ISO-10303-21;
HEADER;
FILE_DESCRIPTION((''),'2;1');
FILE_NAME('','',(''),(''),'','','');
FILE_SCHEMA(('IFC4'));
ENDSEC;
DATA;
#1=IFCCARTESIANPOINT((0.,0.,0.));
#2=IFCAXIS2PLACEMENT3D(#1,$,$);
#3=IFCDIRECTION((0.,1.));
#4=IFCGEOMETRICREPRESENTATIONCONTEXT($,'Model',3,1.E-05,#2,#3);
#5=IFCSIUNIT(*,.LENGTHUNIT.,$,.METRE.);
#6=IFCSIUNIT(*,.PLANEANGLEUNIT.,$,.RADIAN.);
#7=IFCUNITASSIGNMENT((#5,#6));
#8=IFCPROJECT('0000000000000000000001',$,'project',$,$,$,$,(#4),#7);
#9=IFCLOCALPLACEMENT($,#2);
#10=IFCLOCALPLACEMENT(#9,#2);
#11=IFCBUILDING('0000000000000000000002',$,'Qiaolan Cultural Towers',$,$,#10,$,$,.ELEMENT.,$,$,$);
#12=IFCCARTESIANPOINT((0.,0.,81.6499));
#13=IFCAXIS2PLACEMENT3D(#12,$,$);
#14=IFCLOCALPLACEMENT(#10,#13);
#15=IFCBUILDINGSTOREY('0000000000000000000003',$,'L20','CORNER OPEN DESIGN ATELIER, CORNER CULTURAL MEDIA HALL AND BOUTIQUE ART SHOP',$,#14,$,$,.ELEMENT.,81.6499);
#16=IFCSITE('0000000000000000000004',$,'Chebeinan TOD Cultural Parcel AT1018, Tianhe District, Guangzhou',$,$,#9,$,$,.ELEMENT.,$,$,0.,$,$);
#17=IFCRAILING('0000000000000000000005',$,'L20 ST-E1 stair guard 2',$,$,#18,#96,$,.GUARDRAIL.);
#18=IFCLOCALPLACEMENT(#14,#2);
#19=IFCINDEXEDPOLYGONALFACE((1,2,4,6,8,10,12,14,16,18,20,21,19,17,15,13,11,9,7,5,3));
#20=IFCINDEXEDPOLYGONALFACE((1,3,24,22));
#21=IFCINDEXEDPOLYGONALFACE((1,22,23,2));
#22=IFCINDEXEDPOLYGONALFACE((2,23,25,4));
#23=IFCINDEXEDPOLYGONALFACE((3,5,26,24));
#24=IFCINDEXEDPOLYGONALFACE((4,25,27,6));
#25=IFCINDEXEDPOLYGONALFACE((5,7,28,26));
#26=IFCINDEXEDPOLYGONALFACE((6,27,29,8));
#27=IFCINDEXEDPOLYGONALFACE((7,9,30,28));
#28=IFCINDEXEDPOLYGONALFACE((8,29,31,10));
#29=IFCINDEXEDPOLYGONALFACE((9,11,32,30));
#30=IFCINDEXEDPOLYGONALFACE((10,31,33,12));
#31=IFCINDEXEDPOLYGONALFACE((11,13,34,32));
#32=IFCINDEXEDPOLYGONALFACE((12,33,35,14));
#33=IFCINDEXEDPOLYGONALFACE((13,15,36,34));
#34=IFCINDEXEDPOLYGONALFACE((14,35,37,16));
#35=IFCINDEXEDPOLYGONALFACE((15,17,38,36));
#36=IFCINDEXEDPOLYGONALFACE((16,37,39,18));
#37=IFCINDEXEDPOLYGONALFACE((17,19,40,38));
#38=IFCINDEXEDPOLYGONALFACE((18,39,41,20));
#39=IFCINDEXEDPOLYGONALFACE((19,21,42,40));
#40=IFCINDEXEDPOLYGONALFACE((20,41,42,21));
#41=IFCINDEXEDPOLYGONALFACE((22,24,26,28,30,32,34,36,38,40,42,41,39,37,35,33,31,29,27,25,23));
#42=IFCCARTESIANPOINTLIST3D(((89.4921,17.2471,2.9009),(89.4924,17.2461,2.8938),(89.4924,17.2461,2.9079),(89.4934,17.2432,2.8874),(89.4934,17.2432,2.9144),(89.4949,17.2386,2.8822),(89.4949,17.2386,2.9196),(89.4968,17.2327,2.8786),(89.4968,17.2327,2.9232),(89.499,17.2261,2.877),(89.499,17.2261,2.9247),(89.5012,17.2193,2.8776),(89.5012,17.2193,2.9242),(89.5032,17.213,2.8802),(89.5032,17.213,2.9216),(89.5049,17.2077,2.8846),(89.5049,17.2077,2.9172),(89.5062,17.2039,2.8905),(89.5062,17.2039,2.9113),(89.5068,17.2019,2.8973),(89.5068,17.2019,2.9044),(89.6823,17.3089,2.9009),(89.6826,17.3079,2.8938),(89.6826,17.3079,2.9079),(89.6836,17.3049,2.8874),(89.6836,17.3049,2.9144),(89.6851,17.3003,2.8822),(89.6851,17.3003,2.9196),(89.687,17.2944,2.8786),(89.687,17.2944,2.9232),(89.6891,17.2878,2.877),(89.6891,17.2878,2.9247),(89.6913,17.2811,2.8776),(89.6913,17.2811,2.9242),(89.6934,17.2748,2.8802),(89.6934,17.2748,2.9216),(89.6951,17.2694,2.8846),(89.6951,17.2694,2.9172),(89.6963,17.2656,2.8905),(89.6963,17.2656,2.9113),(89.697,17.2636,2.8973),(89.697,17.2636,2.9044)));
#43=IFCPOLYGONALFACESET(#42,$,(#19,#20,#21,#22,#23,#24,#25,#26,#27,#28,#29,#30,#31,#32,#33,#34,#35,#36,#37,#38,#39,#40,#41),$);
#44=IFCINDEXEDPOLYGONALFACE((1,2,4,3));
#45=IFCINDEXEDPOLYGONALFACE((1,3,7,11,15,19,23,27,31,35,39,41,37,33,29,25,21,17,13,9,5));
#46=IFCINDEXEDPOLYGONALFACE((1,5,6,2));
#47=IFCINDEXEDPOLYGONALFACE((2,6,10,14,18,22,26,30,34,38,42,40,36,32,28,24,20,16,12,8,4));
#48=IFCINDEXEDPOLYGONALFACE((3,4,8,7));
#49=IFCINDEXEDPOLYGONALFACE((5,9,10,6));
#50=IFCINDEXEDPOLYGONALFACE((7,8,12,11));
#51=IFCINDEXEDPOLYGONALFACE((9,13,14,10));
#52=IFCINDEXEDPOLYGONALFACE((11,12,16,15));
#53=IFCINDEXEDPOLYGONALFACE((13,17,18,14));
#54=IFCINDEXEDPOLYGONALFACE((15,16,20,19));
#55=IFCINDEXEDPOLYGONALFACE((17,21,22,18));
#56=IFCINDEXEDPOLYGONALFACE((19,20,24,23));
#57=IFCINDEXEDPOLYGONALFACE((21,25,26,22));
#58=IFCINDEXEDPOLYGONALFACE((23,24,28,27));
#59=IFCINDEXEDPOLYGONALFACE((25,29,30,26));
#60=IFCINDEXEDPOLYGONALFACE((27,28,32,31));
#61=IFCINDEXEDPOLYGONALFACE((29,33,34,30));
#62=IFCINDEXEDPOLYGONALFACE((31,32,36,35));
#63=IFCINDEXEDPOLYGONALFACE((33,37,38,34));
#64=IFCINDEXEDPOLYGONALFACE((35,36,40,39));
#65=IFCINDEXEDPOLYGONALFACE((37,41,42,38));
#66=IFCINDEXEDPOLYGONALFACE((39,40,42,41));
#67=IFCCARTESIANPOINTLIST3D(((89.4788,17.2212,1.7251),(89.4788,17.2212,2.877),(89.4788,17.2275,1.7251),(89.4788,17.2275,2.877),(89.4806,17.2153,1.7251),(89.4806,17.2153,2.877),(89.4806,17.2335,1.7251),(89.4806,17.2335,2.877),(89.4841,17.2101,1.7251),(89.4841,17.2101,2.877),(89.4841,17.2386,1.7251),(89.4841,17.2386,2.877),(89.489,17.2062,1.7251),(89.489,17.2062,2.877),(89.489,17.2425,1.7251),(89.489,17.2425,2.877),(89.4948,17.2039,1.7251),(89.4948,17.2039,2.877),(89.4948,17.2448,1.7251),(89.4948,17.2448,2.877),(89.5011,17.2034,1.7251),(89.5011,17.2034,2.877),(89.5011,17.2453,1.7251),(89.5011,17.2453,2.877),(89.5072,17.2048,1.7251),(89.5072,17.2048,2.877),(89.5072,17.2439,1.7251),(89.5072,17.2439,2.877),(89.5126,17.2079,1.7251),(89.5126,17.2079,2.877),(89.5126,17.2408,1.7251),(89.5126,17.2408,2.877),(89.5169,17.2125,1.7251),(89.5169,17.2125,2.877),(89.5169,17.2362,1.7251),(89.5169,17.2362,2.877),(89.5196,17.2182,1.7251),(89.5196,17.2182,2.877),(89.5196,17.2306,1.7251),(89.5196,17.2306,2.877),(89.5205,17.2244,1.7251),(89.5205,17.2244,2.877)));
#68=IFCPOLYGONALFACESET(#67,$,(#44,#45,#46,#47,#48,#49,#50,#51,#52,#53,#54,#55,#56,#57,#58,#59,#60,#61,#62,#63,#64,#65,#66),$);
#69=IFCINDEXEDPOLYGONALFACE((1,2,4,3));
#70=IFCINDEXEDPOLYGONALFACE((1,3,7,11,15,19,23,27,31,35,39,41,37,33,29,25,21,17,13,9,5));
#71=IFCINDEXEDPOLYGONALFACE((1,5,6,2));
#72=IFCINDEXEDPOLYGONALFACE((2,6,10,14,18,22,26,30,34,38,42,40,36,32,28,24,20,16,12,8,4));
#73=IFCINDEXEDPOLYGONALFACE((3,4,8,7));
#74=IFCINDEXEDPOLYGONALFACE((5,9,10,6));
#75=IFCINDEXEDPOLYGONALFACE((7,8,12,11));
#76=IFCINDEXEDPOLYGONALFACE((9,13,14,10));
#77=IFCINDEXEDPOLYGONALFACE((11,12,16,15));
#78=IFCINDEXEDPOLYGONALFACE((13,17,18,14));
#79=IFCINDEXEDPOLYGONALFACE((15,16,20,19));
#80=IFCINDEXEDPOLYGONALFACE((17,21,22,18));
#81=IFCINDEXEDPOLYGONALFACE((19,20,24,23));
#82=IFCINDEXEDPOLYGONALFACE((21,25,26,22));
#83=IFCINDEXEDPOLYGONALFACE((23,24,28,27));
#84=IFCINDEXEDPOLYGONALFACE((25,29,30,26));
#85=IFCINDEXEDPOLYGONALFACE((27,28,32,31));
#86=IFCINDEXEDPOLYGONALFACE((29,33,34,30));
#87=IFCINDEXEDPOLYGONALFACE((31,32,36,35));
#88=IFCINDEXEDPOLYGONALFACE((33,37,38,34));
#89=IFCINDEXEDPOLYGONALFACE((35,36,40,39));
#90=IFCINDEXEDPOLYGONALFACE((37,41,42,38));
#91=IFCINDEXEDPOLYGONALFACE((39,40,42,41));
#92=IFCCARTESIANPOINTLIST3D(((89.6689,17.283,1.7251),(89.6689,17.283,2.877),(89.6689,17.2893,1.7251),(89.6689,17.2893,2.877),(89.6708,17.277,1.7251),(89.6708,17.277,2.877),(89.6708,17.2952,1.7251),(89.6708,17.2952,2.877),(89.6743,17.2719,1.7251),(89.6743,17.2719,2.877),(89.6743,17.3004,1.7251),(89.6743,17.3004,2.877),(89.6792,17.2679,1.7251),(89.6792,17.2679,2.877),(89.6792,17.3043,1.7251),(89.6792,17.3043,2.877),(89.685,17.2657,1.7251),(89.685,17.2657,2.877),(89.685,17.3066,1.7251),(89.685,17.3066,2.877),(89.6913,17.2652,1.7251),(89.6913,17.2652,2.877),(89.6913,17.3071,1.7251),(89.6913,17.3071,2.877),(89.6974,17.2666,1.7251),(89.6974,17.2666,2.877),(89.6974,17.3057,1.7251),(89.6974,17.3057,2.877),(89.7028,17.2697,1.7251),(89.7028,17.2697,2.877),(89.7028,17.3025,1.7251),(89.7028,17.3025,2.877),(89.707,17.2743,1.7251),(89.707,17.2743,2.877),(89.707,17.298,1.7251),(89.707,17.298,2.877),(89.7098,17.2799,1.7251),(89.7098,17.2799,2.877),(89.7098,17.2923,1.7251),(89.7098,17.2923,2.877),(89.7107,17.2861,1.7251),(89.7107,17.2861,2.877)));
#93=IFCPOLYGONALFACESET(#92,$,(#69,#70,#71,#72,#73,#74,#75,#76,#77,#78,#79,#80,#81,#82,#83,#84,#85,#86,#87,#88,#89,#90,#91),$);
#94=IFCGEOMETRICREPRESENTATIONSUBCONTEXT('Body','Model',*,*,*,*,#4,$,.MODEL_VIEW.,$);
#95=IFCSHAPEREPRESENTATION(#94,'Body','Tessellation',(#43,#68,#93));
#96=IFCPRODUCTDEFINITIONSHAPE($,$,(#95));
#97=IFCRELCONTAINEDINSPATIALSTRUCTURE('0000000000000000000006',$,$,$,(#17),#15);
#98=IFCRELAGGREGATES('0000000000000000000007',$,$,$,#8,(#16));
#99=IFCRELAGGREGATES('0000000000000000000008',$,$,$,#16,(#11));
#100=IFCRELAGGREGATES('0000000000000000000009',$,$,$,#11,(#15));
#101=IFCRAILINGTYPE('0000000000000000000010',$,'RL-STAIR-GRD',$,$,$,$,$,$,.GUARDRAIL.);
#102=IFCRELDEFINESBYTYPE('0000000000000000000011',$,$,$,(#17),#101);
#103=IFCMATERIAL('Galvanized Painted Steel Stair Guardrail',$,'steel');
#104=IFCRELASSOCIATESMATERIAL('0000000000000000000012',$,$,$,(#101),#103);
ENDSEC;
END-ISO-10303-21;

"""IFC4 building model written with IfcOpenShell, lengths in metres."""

from ifc_helpers import new_model, si_unit, direction, frame, origin, origin_2d, place, context, subcontext, project, spatial, circle, extrude, material, type_object, element, save


model = new_model("IFC4")

# Units and contexts
model_context = context("Model", 3, precision=1e-05, world=origin(), true_north=direction((0.0, 1.0)))
body_context = subcontext(model_context, "Body", "Model", "MODEL_VIEW")
ifc_project = project(units=[si_unit("LENGTHUNIT", "METRE"), si_unit("PLANEANGLEUNIT", "RADIAN")], contexts=[model_context])

# Site, building, storey
site_placement = place(None, origin())
site = spatial("IfcSite", under=ifc_project, at=site_placement, Name="Chebeinan TOD Cultural Parcel AT1018, Tianhe District, Guangzhou", CompositionType="ELEMENT", RefElevation=0.0)
building_placement = place(site_placement, origin())
building = spatial("IfcBuilding", under=site, at=building_placement, Name="Qiaolan Cultural Towers", CompositionType="ELEMENT")
storey_placement = place(building_placement, frame((0.0, 0.0, 81.6499)))
storey = spatial("IfcBuildingStorey", under=building, at=storey_placement, Name="L20", Description="CORNER OPEN DESIGN ATELIER, CORNER CULTURAL MEDIA HALL AND BOUTIQUE ART SHOP", CompositionType="ELEMENT", Elevation=81.6499)

# Railing
ifc_material_1 = material(Name="Galvanized Painted Steel Stair Guardrail", Category="steel")
railing_type_1 = type_object("IfcRailingType", Name="RL-STAIR-GRD", PredefinedType="GUARDRAIL", material=ifc_material_1)
railing_1_placement = place(storey_placement, frame((89.4995, 17.2244, 1.7251)))
element("IfcRailing", 1, at=railing_1_placement, inside=storey, type_object=railing_type_1, Name="L20 ST-E1 stair guard 2", PredefinedType="GUARDRAIL", context=body_context, shape_type="SweptSolid", body=[
    extrude(circle(Radius=0.0239, at=origin_2d()), frame((0.0, 0.0, 1.1758), z_axis=(0.951097, 0.308893, 0.0), x_axis=(-0.308893, 0.951097, 0.0)), (0.0, 0.0, 1.0), 0.2),
    extrude(circle(Radius=0.021, at=origin_2d()), origin(), (0.0, 0.0, 1.0), 1.1519),
    extrude(circle(Radius=0.021, at=origin_2d()), frame((0.1902, 0.0618, 0.0)), (0.0, 0.0, 1.0), 1.1519),
])

save(model, "model.ifc")
